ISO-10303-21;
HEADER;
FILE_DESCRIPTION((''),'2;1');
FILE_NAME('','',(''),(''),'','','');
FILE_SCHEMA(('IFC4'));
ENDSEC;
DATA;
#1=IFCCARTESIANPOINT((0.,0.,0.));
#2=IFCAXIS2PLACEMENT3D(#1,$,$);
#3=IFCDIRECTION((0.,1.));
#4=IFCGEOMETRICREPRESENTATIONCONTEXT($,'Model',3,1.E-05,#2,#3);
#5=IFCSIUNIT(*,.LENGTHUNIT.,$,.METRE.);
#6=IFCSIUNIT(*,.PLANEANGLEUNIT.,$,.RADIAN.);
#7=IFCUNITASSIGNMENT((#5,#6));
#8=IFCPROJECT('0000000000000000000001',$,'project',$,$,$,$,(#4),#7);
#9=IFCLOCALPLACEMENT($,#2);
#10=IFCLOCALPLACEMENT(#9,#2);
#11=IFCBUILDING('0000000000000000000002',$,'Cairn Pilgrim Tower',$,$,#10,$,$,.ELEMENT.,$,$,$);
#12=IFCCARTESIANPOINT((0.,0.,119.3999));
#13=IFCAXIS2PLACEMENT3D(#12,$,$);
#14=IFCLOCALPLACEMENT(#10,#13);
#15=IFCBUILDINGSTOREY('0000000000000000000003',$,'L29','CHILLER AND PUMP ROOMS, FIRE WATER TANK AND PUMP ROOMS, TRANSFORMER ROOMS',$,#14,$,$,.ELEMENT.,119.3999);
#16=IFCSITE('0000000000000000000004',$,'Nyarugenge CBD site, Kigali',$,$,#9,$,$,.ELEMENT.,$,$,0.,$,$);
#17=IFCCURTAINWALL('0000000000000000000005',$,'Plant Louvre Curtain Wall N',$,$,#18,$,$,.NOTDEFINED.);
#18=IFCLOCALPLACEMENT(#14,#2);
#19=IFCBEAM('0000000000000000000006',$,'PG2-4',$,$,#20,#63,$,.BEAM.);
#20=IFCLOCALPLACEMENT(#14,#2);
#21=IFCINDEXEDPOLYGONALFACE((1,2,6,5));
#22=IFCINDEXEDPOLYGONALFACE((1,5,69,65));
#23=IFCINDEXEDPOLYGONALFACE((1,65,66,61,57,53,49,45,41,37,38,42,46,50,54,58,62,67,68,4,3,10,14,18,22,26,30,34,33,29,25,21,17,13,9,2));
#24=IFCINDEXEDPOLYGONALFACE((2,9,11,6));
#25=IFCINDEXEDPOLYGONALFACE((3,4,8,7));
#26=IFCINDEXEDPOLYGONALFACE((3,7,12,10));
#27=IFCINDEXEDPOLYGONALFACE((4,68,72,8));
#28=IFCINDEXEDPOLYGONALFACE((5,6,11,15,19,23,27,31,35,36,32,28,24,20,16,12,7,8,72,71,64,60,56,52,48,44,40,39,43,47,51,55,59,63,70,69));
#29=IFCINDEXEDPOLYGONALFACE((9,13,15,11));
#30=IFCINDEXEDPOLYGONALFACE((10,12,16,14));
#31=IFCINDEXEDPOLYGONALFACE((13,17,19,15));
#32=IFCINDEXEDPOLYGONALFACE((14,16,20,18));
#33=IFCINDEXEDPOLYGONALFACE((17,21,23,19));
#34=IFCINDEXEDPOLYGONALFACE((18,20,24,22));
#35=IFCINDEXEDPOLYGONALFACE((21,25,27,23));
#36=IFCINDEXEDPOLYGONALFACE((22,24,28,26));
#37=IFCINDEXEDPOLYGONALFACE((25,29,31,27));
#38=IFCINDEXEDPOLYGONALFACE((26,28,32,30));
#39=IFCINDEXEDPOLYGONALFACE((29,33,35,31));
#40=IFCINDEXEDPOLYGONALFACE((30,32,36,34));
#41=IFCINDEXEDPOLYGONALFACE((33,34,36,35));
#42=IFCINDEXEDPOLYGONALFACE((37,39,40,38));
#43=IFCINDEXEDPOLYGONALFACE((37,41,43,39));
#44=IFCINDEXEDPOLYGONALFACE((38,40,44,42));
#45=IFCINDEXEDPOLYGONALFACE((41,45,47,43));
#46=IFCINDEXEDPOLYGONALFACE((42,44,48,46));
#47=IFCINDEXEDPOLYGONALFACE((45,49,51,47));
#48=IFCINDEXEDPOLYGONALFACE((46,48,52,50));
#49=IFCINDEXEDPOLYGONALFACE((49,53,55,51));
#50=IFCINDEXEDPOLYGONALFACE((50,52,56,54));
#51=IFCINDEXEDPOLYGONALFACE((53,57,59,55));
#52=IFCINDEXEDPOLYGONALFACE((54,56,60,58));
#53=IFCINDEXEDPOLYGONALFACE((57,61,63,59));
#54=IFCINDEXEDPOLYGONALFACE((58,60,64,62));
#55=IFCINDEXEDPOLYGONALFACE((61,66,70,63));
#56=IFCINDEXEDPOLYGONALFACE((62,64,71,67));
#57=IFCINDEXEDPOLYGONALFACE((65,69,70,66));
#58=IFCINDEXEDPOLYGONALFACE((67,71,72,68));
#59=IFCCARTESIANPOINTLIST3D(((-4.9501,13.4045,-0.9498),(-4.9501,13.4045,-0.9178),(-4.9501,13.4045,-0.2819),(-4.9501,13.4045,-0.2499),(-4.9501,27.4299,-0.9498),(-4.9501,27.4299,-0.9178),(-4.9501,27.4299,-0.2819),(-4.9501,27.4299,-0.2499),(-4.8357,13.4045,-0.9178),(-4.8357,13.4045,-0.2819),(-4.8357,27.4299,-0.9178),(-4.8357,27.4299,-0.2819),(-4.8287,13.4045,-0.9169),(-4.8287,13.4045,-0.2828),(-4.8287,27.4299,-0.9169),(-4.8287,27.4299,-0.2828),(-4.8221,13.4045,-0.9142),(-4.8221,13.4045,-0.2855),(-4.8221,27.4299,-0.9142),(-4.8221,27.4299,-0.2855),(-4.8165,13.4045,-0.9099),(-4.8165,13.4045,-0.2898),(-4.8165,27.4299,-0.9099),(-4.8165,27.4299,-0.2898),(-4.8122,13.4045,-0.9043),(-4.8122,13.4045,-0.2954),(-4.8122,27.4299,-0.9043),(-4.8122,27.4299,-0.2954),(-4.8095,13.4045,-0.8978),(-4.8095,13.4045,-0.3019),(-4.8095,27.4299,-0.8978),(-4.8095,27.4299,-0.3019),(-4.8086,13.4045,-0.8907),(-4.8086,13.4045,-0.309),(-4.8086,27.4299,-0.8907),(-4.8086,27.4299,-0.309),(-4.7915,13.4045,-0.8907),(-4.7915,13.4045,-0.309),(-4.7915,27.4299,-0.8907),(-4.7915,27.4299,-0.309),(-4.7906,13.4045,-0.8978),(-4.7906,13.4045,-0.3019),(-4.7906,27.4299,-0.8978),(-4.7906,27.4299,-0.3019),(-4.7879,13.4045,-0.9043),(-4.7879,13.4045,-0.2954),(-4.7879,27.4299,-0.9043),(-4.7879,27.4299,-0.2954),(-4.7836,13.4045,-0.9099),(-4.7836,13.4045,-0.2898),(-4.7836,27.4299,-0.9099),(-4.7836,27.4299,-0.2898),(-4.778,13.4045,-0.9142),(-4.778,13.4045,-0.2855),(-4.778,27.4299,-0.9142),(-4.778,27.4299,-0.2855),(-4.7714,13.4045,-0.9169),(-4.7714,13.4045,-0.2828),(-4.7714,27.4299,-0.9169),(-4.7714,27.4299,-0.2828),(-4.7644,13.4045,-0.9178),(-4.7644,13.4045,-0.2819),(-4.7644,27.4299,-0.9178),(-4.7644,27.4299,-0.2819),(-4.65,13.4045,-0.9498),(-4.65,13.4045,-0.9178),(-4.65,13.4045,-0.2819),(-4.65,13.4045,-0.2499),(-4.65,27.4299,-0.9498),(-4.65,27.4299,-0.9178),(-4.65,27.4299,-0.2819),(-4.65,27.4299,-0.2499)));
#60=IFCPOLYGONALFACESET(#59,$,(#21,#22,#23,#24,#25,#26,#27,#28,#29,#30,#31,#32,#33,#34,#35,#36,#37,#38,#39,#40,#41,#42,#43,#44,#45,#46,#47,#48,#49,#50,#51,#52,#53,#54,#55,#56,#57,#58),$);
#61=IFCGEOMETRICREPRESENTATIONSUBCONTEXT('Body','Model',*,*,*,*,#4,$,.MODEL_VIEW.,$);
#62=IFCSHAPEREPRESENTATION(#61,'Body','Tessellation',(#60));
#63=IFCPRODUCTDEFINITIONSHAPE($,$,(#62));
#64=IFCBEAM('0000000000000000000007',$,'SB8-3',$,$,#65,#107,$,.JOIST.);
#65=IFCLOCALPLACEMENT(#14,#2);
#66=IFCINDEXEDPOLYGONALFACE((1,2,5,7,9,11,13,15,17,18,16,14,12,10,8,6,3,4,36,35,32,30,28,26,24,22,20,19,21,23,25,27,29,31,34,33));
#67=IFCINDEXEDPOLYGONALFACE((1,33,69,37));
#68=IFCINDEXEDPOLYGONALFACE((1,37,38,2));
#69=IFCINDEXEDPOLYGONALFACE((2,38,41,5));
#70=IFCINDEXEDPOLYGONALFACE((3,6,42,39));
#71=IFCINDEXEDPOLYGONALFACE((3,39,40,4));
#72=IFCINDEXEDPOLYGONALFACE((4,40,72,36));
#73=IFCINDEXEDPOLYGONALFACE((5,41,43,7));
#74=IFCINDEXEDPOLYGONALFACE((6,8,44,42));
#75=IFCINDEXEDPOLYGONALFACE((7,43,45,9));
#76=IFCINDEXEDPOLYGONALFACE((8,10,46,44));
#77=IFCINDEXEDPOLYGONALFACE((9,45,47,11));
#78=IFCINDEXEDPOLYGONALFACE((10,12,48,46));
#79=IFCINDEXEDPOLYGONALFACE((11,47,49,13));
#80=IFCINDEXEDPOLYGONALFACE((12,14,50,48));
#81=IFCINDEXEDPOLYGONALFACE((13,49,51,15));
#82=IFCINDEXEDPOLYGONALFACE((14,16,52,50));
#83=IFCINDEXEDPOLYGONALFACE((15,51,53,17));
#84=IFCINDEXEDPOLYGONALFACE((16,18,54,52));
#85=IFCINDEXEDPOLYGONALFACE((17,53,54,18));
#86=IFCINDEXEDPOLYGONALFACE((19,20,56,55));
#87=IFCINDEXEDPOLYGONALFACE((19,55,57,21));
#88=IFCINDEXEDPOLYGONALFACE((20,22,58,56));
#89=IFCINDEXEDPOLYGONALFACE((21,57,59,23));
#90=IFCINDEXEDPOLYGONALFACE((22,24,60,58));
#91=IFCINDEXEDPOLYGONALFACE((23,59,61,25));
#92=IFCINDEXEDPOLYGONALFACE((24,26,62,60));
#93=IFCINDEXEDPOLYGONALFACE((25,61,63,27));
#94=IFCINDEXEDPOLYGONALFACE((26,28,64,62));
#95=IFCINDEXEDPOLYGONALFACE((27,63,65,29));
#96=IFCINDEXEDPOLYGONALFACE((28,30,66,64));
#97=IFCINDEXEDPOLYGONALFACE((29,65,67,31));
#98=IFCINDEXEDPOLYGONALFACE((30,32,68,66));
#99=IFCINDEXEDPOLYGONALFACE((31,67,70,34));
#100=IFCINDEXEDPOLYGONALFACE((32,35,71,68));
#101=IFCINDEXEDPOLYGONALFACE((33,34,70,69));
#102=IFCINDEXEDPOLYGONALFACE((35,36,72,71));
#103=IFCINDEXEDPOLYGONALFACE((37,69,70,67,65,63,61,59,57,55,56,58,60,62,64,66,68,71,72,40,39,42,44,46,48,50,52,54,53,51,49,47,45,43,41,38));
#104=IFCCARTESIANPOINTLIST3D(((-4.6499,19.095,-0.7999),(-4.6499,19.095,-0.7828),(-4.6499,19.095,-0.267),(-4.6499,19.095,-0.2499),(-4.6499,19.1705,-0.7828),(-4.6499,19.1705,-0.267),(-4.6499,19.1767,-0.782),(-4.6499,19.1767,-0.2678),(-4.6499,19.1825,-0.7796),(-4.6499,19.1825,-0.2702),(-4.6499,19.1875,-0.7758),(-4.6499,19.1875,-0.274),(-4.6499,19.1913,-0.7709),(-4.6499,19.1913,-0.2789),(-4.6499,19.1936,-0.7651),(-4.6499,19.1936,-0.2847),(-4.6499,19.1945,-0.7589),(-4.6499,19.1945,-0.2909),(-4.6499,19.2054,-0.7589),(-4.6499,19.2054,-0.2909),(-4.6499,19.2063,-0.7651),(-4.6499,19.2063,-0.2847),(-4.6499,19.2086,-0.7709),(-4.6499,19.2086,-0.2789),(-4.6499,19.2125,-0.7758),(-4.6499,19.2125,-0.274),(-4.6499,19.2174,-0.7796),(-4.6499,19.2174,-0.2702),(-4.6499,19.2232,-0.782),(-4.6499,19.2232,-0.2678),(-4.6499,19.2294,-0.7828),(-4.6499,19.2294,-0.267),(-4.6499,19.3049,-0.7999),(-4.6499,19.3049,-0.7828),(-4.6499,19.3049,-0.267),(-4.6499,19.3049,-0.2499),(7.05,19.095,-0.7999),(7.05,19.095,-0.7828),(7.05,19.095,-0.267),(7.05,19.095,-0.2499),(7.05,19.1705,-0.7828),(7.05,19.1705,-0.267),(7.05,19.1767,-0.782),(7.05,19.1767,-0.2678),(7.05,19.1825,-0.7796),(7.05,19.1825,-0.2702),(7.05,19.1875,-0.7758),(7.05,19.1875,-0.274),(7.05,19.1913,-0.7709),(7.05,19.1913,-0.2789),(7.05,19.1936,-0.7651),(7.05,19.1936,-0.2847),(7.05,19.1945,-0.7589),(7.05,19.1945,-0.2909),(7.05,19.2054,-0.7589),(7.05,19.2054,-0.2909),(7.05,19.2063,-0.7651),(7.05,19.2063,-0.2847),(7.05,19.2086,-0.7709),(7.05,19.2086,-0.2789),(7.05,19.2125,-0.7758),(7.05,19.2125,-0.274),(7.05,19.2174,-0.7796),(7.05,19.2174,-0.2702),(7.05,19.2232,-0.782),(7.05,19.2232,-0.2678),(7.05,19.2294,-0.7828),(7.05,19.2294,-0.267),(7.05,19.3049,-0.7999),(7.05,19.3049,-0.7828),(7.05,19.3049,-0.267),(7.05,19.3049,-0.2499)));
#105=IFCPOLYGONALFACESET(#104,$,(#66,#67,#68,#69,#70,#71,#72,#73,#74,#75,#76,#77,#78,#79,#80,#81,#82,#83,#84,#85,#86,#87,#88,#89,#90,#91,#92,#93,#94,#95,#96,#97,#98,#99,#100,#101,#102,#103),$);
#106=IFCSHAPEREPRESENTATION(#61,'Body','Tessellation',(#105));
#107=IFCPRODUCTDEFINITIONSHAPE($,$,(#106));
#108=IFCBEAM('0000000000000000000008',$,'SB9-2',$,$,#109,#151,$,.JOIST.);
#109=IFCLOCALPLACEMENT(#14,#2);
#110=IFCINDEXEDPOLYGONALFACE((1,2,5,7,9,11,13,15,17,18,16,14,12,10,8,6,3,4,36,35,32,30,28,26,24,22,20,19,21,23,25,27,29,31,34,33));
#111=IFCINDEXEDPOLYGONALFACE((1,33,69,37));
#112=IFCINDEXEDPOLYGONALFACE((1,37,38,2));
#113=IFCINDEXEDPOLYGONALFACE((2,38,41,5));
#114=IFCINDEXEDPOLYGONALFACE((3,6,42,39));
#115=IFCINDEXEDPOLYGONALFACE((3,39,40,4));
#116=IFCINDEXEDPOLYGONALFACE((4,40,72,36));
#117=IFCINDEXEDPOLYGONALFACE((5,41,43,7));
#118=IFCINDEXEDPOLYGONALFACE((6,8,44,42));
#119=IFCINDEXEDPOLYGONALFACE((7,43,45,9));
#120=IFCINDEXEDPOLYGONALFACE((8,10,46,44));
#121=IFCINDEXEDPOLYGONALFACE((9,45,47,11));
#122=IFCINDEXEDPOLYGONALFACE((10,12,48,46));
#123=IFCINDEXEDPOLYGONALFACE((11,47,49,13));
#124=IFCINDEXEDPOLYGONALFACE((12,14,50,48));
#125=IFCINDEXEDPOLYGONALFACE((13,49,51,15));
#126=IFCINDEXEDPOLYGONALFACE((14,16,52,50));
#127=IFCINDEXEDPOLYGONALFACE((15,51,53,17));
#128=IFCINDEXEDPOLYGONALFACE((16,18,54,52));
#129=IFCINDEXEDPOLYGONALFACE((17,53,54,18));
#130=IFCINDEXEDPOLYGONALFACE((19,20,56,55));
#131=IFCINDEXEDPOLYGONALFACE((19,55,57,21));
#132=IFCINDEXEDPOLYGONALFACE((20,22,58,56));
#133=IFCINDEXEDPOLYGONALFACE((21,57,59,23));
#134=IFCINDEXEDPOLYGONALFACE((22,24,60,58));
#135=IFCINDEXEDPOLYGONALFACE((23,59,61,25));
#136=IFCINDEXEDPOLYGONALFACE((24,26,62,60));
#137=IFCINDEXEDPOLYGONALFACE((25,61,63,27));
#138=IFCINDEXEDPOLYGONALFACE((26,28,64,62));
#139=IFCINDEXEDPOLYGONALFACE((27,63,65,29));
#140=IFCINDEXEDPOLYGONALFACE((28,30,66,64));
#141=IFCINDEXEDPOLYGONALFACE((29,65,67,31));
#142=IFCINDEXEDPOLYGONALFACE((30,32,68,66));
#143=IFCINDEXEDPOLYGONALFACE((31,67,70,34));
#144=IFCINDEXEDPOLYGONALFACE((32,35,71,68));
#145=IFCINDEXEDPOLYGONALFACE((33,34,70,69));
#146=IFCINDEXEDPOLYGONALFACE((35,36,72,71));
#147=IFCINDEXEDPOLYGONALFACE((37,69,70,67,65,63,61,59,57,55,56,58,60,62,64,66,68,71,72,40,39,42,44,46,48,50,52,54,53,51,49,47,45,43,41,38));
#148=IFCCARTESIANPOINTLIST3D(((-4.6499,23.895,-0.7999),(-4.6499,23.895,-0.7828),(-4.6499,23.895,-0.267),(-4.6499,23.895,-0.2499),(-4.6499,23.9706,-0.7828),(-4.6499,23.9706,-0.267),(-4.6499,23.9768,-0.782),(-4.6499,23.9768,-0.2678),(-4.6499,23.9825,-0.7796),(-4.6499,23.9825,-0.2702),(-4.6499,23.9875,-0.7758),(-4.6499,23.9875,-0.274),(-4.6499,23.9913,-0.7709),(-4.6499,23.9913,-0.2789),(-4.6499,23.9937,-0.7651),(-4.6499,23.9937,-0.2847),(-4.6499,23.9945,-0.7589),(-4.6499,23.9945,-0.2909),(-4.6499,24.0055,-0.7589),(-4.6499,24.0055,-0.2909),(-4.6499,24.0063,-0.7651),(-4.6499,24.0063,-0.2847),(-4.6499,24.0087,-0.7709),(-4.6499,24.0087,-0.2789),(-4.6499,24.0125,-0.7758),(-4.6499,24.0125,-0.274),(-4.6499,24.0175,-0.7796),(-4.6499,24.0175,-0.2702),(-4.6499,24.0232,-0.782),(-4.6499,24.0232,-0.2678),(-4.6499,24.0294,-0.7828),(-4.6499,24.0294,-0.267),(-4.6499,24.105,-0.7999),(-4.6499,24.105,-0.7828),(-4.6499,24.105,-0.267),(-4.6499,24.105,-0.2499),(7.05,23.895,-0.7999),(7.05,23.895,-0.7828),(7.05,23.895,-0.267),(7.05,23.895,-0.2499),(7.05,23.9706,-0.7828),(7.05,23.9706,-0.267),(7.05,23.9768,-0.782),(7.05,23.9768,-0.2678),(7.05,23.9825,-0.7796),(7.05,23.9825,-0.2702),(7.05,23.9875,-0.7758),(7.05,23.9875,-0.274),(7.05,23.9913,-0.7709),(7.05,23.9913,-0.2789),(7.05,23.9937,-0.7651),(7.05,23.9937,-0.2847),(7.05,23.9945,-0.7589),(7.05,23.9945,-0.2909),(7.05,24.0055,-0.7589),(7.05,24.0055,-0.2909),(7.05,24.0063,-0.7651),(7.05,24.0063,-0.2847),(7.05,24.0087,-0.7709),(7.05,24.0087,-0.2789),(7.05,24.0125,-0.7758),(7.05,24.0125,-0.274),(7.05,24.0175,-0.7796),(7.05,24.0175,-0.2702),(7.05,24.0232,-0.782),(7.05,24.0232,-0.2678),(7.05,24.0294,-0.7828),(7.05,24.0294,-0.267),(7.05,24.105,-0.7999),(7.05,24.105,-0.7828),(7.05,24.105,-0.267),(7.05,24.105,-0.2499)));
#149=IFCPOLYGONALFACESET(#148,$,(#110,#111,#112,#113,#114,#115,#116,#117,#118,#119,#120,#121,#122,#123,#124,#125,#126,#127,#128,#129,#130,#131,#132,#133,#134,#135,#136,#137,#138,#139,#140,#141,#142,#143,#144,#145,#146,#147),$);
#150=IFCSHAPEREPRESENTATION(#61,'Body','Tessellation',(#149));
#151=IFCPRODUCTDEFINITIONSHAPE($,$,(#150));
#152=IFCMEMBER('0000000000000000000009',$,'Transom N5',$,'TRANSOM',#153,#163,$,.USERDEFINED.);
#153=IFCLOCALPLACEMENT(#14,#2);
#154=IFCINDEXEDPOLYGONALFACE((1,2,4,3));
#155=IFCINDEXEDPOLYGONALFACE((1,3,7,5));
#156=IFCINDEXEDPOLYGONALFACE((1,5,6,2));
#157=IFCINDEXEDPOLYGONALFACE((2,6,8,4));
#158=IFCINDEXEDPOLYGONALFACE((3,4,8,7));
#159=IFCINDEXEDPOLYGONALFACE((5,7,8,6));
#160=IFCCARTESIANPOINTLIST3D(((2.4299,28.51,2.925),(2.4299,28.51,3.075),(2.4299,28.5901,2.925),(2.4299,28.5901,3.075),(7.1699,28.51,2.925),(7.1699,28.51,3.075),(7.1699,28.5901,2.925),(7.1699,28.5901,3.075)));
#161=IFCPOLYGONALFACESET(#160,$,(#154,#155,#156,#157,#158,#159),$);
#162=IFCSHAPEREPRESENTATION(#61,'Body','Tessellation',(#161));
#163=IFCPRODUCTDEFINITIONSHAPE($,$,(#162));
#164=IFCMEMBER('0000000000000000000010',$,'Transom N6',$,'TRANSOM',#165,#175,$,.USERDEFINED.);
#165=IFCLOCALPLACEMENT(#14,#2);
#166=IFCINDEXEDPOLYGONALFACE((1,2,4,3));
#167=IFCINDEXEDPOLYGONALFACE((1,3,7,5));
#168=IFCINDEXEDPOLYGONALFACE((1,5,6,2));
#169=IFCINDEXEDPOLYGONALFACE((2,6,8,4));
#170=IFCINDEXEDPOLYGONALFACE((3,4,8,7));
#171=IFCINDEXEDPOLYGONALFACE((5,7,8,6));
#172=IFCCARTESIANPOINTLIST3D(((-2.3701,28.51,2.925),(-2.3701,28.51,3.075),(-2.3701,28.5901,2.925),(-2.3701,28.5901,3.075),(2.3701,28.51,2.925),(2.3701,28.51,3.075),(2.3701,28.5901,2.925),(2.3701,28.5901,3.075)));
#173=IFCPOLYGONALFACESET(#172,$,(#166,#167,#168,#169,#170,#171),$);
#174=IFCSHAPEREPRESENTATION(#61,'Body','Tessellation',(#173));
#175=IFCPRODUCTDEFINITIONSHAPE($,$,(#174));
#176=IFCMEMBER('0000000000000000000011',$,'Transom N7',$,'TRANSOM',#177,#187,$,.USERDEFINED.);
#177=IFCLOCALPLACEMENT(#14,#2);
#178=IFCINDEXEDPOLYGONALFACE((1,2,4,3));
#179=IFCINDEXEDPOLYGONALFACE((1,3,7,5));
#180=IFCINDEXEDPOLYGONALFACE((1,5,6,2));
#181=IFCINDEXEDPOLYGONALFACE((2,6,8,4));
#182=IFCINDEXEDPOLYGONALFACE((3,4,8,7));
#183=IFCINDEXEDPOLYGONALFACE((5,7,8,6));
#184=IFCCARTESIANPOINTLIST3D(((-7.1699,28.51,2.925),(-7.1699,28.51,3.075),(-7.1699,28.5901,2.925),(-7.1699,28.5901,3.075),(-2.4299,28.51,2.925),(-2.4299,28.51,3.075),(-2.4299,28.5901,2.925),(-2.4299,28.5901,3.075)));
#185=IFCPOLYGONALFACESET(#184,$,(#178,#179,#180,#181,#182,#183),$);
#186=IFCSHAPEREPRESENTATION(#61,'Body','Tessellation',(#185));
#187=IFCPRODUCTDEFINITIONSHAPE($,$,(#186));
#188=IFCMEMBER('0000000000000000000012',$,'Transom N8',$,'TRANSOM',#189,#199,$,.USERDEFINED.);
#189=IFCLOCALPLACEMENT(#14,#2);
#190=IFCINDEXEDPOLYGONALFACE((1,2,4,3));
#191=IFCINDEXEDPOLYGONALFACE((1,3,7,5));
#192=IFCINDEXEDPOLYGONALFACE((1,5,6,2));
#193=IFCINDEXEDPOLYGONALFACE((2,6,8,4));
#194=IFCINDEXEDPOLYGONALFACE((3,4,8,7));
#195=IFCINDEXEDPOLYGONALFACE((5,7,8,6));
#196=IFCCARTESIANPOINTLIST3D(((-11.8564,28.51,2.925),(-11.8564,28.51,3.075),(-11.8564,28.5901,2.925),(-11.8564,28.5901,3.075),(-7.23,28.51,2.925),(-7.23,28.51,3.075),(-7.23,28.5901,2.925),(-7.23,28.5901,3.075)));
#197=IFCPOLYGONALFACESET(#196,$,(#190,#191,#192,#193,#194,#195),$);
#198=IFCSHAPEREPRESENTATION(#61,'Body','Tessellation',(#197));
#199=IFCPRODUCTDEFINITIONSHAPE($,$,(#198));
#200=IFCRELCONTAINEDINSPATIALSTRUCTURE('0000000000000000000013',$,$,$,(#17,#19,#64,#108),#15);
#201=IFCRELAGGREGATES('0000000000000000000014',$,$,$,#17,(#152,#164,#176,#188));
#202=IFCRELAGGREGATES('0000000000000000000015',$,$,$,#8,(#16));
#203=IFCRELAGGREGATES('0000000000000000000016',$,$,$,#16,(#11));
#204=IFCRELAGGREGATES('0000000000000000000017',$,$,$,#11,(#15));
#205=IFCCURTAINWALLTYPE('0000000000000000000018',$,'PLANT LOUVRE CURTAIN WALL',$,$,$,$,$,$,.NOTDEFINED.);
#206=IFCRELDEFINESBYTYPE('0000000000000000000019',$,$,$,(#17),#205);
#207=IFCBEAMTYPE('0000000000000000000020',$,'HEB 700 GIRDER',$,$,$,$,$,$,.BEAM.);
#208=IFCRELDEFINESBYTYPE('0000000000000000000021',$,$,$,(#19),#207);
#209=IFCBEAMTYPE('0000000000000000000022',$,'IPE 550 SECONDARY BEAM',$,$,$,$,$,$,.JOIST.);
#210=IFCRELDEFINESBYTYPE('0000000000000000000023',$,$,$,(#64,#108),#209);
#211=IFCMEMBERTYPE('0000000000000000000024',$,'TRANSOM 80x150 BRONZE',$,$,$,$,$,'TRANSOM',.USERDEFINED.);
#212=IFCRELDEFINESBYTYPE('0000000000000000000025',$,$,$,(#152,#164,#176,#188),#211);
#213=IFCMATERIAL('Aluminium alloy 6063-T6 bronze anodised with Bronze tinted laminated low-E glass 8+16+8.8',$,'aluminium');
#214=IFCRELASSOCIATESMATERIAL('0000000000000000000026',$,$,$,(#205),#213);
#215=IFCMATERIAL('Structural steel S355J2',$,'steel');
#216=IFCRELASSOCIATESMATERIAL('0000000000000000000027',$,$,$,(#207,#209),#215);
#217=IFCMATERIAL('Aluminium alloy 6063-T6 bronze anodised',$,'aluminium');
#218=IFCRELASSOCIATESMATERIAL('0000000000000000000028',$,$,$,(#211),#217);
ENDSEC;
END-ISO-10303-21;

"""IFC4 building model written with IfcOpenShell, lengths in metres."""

from ifc_helpers import new_model, si_unit, direction, frame, origin, origin_2d, place, context, subcontext, project, spatial, rectangle, i_section, extrude, material, material_profile, profile_set, type_object, element, aggregate, save


model = new_model("IFC4")

# Units and contexts
model_context = context("Model", 3, precision=1e-05, world=origin(), true_north=direction((0.0, 1.0)))
body_context = subcontext(model_context, "Body", "Model", "MODEL_VIEW")
ifc_project = project(units=[si_unit("LENGTHUNIT", "METRE"), si_unit("PLANEANGLEUNIT", "RADIAN")], contexts=[model_context])

# Site, building, storey
site_placement = place(None, origin())
site = spatial("IfcSite", under=ifc_project, at=site_placement, Name="Nyarugenge CBD site, Kigali", CompositionType="ELEMENT", RefElevation=0.0)
building_placement = place(site_placement, origin())
building = spatial("IfcBuilding", under=site, at=building_placement, Name="Cairn Pilgrim Tower", CompositionType="ELEMENT")
storey_placement = place(building_placement, frame((0.0, 0.0, 119.3999)))
storey = spatial("IfcBuildingStorey", under=building, at=storey_placement, Name="L29", Description="CHILLER AND PUMP ROOMS, FIRE WATER TANK AND PUMP ROOMS, TRANSFORMER ROOMS", CompositionType="ELEMENT", Elevation=119.3999)

# Curtain wall
ifc_material_1 = material(Name="Aluminium alloy 6063-T6 bronze anodised with Bronze tinted laminated low-E glass 8+16+8.8", Category="aluminium")
curtain_wall_type = type_object("IfcCurtainWallType", Name="PLANT LOUVRE CURTAIN WALL", PredefinedType="NOTDEFINED", material=ifc_material_1)
curtain_wall_placement = place(storey_placement, origin())
curtain_wall = element("IfcCurtainWall", 1, at=curtain_wall_placement, inside=storey, type_object=curtain_wall_type, Name="Plant Louvre Curtain Wall N", PredefinedType="NOTDEFINED")
ifc_material_2 = material(Name="Aluminium alloy 6063-T6 bronze anodised", Category="aluminium")

# Beams
ifc_material_3 = material(Name="Structural steel S355J2", Category="steel")
ifc_material_profile_1 = material_profile(ifc_material_3, i_section(OverallWidth=0.3, OverallDepth=0.7, WebThickness=0.0171, FlangeThickness=0.032, FilletRadius=0.0271, at=origin_2d()), Name="HEB 700")
ifc_profile_set_1 = profile_set([ifc_material_profile_1], Name="Structural steel S355J2")
beam_type_1 = type_object("IfcBeamType", Name="HEB 700 GIRDER", PredefinedType="BEAM", material=ifc_profile_set_1)
beam_1_placement = place(storey_placement, frame((-4.8, 13.4045, -0.5999), z_axis=(0.0, 1.0, 0.0), x_axis=(-1.0, 0.0, 0.0)))
element("IfcBeam", 2, at=beam_1_placement, inside=storey, type_object=beam_type_1, Name="PG2-4", PredefinedType="BEAM", context=body_context, shape_type="SweptSolid", body=[
    extrude(i_section(OverallWidth=0.3, OverallDepth=0.7, WebThickness=0.0171, FlangeThickness=0.032, FilletRadius=0.0271, at=origin_2d()), origin(), (0.0, 0.0, 1.0), 14.0254),
])
ifc_material_profile_2 = material_profile(ifc_material_3, i_section(OverallWidth=0.21, OverallDepth=0.55, WebThickness=0.011, FlangeThickness=0.0171, FilletRadius=0.0239, at=origin_2d()), Name="IPE 550")
ifc_profile_set_2 = profile_set([ifc_material_profile_2], Name="Structural steel S355J2")
beam_type_2 = type_object("IfcBeamType", Name="IPE 550 SECONDARY BEAM", PredefinedType="JOIST", material=ifc_profile_set_2)
for number, where, z_axis, x_axis, name in (
    (3, (-4.6499, 19.2, -0.5249), (1.0, 0.0, 0.0), (0.0, 1.0, 0.0), "SB8-3"),
    (4, (-4.6499, 24.0, -0.5249), (1.0, 0.0, 0.0), (0.0, 1.0, 0.0), "SB9-2"),
):
    element("IfcBeam", number, at=place(storey_placement, frame(where, z_axis=z_axis, x_axis=x_axis)), inside=storey, type_object=beam_type_2, Name=name, PredefinedType="JOIST", context=body_context, shape_type="SweptSolid", body=[
        extrude(i_section(OverallWidth=0.21, OverallDepth=0.55, WebThickness=0.011, FlangeThickness=0.0171, FilletRadius=0.0239, at=origin_2d()), origin(), (0.0, 0.0, 1.0), 11.7),
    ])

# Members
ifc_material_profile_3 = material_profile(ifc_material_2, rectangle(XDim=0.0801, YDim=0.1499, at=origin_2d()), Name="TRANSOM 80x150 BRONZE")
ifc_profile_set_3 = profile_set([ifc_material_profile_3], Name="Aluminium alloy 6063-T6 bronze anodised")
member_type_1 = type_object("IfcMemberType", Name="TRANSOM 80x150 BRONZE", ElementType="TRANSOM", PredefinedType="USERDEFINED", material=ifc_profile_set_3)
member_1_placement = place(storey_placement, frame((7.1699, 28.55, 3.0), z_axis=(-1.0, 0.0, 0.0), x_axis=(0.0, -1.0, 0.0)))
member_1 = element("IfcMember", 5, at=member_1_placement, type_object=member_type_1, Name="Transom N5", ObjectType="TRANSOM", PredefinedType="USERDEFINED", context=body_context, shape_type="SweptSolid", body=[
    extrude(rectangle(XDim=0.0801, YDim=0.1499, at=origin_2d()), origin(), (0.0, 0.0, 1.0), 4.74),
])
member_2_placement = place(storey_placement, frame((2.3701, 28.55, 3.0), z_axis=(-1.0, 0.0, 0.0), x_axis=(0.0, -1.0, 0.0)))
member_2 = element("IfcMember", 6, at=member_2_placement, type_object=member_type_1, Name="Transom N6", ObjectType="TRANSOM", PredefinedType="USERDEFINED", context=body_context, shape_type="SweptSolid", body=[
    extrude(rectangle(XDim=0.0801, YDim=0.1499, at=origin_2d()), origin(), (0.0, 0.0, 1.0), 4.7402),
])
member_3_placement = place(storey_placement, frame((-2.4299, 28.55, 3.0), z_axis=(-1.0, 0.0, 0.0), x_axis=(0.0, -1.0, 0.0)))
member_3 = element("IfcMember", 7, at=member_3_placement, type_object=member_type_1, Name="Transom N7", ObjectType="TRANSOM", PredefinedType="USERDEFINED", context=body_context, shape_type="SweptSolid", body=[
    extrude(rectangle(XDim=0.0801, YDim=0.1499, at=origin_2d()), origin(), (0.0, 0.0, 1.0), 4.74),
])
member_4_placement = place(storey_placement, frame((-7.23, 28.55, 3.0), z_axis=(-1.0, 0.0, 0.0), x_axis=(0.0, -1.0, 0.0)))
member_4 = element("IfcMember", 8, at=member_4_placement, type_object=member_type_1, Name="Transom N8", ObjectType="TRANSOM", PredefinedType="USERDEFINED", context=body_context, shape_type="SweptSolid", body=[
    extrude(rectangle(XDim=0.0801, YDim=0.1499, at=origin_2d()), origin(), (0.0, 0.0, 1.0), 4.6265),
])

aggregate(curtain_wall, [member_1, member_2, member_3, member_4])

save(model, "model.ifc")
